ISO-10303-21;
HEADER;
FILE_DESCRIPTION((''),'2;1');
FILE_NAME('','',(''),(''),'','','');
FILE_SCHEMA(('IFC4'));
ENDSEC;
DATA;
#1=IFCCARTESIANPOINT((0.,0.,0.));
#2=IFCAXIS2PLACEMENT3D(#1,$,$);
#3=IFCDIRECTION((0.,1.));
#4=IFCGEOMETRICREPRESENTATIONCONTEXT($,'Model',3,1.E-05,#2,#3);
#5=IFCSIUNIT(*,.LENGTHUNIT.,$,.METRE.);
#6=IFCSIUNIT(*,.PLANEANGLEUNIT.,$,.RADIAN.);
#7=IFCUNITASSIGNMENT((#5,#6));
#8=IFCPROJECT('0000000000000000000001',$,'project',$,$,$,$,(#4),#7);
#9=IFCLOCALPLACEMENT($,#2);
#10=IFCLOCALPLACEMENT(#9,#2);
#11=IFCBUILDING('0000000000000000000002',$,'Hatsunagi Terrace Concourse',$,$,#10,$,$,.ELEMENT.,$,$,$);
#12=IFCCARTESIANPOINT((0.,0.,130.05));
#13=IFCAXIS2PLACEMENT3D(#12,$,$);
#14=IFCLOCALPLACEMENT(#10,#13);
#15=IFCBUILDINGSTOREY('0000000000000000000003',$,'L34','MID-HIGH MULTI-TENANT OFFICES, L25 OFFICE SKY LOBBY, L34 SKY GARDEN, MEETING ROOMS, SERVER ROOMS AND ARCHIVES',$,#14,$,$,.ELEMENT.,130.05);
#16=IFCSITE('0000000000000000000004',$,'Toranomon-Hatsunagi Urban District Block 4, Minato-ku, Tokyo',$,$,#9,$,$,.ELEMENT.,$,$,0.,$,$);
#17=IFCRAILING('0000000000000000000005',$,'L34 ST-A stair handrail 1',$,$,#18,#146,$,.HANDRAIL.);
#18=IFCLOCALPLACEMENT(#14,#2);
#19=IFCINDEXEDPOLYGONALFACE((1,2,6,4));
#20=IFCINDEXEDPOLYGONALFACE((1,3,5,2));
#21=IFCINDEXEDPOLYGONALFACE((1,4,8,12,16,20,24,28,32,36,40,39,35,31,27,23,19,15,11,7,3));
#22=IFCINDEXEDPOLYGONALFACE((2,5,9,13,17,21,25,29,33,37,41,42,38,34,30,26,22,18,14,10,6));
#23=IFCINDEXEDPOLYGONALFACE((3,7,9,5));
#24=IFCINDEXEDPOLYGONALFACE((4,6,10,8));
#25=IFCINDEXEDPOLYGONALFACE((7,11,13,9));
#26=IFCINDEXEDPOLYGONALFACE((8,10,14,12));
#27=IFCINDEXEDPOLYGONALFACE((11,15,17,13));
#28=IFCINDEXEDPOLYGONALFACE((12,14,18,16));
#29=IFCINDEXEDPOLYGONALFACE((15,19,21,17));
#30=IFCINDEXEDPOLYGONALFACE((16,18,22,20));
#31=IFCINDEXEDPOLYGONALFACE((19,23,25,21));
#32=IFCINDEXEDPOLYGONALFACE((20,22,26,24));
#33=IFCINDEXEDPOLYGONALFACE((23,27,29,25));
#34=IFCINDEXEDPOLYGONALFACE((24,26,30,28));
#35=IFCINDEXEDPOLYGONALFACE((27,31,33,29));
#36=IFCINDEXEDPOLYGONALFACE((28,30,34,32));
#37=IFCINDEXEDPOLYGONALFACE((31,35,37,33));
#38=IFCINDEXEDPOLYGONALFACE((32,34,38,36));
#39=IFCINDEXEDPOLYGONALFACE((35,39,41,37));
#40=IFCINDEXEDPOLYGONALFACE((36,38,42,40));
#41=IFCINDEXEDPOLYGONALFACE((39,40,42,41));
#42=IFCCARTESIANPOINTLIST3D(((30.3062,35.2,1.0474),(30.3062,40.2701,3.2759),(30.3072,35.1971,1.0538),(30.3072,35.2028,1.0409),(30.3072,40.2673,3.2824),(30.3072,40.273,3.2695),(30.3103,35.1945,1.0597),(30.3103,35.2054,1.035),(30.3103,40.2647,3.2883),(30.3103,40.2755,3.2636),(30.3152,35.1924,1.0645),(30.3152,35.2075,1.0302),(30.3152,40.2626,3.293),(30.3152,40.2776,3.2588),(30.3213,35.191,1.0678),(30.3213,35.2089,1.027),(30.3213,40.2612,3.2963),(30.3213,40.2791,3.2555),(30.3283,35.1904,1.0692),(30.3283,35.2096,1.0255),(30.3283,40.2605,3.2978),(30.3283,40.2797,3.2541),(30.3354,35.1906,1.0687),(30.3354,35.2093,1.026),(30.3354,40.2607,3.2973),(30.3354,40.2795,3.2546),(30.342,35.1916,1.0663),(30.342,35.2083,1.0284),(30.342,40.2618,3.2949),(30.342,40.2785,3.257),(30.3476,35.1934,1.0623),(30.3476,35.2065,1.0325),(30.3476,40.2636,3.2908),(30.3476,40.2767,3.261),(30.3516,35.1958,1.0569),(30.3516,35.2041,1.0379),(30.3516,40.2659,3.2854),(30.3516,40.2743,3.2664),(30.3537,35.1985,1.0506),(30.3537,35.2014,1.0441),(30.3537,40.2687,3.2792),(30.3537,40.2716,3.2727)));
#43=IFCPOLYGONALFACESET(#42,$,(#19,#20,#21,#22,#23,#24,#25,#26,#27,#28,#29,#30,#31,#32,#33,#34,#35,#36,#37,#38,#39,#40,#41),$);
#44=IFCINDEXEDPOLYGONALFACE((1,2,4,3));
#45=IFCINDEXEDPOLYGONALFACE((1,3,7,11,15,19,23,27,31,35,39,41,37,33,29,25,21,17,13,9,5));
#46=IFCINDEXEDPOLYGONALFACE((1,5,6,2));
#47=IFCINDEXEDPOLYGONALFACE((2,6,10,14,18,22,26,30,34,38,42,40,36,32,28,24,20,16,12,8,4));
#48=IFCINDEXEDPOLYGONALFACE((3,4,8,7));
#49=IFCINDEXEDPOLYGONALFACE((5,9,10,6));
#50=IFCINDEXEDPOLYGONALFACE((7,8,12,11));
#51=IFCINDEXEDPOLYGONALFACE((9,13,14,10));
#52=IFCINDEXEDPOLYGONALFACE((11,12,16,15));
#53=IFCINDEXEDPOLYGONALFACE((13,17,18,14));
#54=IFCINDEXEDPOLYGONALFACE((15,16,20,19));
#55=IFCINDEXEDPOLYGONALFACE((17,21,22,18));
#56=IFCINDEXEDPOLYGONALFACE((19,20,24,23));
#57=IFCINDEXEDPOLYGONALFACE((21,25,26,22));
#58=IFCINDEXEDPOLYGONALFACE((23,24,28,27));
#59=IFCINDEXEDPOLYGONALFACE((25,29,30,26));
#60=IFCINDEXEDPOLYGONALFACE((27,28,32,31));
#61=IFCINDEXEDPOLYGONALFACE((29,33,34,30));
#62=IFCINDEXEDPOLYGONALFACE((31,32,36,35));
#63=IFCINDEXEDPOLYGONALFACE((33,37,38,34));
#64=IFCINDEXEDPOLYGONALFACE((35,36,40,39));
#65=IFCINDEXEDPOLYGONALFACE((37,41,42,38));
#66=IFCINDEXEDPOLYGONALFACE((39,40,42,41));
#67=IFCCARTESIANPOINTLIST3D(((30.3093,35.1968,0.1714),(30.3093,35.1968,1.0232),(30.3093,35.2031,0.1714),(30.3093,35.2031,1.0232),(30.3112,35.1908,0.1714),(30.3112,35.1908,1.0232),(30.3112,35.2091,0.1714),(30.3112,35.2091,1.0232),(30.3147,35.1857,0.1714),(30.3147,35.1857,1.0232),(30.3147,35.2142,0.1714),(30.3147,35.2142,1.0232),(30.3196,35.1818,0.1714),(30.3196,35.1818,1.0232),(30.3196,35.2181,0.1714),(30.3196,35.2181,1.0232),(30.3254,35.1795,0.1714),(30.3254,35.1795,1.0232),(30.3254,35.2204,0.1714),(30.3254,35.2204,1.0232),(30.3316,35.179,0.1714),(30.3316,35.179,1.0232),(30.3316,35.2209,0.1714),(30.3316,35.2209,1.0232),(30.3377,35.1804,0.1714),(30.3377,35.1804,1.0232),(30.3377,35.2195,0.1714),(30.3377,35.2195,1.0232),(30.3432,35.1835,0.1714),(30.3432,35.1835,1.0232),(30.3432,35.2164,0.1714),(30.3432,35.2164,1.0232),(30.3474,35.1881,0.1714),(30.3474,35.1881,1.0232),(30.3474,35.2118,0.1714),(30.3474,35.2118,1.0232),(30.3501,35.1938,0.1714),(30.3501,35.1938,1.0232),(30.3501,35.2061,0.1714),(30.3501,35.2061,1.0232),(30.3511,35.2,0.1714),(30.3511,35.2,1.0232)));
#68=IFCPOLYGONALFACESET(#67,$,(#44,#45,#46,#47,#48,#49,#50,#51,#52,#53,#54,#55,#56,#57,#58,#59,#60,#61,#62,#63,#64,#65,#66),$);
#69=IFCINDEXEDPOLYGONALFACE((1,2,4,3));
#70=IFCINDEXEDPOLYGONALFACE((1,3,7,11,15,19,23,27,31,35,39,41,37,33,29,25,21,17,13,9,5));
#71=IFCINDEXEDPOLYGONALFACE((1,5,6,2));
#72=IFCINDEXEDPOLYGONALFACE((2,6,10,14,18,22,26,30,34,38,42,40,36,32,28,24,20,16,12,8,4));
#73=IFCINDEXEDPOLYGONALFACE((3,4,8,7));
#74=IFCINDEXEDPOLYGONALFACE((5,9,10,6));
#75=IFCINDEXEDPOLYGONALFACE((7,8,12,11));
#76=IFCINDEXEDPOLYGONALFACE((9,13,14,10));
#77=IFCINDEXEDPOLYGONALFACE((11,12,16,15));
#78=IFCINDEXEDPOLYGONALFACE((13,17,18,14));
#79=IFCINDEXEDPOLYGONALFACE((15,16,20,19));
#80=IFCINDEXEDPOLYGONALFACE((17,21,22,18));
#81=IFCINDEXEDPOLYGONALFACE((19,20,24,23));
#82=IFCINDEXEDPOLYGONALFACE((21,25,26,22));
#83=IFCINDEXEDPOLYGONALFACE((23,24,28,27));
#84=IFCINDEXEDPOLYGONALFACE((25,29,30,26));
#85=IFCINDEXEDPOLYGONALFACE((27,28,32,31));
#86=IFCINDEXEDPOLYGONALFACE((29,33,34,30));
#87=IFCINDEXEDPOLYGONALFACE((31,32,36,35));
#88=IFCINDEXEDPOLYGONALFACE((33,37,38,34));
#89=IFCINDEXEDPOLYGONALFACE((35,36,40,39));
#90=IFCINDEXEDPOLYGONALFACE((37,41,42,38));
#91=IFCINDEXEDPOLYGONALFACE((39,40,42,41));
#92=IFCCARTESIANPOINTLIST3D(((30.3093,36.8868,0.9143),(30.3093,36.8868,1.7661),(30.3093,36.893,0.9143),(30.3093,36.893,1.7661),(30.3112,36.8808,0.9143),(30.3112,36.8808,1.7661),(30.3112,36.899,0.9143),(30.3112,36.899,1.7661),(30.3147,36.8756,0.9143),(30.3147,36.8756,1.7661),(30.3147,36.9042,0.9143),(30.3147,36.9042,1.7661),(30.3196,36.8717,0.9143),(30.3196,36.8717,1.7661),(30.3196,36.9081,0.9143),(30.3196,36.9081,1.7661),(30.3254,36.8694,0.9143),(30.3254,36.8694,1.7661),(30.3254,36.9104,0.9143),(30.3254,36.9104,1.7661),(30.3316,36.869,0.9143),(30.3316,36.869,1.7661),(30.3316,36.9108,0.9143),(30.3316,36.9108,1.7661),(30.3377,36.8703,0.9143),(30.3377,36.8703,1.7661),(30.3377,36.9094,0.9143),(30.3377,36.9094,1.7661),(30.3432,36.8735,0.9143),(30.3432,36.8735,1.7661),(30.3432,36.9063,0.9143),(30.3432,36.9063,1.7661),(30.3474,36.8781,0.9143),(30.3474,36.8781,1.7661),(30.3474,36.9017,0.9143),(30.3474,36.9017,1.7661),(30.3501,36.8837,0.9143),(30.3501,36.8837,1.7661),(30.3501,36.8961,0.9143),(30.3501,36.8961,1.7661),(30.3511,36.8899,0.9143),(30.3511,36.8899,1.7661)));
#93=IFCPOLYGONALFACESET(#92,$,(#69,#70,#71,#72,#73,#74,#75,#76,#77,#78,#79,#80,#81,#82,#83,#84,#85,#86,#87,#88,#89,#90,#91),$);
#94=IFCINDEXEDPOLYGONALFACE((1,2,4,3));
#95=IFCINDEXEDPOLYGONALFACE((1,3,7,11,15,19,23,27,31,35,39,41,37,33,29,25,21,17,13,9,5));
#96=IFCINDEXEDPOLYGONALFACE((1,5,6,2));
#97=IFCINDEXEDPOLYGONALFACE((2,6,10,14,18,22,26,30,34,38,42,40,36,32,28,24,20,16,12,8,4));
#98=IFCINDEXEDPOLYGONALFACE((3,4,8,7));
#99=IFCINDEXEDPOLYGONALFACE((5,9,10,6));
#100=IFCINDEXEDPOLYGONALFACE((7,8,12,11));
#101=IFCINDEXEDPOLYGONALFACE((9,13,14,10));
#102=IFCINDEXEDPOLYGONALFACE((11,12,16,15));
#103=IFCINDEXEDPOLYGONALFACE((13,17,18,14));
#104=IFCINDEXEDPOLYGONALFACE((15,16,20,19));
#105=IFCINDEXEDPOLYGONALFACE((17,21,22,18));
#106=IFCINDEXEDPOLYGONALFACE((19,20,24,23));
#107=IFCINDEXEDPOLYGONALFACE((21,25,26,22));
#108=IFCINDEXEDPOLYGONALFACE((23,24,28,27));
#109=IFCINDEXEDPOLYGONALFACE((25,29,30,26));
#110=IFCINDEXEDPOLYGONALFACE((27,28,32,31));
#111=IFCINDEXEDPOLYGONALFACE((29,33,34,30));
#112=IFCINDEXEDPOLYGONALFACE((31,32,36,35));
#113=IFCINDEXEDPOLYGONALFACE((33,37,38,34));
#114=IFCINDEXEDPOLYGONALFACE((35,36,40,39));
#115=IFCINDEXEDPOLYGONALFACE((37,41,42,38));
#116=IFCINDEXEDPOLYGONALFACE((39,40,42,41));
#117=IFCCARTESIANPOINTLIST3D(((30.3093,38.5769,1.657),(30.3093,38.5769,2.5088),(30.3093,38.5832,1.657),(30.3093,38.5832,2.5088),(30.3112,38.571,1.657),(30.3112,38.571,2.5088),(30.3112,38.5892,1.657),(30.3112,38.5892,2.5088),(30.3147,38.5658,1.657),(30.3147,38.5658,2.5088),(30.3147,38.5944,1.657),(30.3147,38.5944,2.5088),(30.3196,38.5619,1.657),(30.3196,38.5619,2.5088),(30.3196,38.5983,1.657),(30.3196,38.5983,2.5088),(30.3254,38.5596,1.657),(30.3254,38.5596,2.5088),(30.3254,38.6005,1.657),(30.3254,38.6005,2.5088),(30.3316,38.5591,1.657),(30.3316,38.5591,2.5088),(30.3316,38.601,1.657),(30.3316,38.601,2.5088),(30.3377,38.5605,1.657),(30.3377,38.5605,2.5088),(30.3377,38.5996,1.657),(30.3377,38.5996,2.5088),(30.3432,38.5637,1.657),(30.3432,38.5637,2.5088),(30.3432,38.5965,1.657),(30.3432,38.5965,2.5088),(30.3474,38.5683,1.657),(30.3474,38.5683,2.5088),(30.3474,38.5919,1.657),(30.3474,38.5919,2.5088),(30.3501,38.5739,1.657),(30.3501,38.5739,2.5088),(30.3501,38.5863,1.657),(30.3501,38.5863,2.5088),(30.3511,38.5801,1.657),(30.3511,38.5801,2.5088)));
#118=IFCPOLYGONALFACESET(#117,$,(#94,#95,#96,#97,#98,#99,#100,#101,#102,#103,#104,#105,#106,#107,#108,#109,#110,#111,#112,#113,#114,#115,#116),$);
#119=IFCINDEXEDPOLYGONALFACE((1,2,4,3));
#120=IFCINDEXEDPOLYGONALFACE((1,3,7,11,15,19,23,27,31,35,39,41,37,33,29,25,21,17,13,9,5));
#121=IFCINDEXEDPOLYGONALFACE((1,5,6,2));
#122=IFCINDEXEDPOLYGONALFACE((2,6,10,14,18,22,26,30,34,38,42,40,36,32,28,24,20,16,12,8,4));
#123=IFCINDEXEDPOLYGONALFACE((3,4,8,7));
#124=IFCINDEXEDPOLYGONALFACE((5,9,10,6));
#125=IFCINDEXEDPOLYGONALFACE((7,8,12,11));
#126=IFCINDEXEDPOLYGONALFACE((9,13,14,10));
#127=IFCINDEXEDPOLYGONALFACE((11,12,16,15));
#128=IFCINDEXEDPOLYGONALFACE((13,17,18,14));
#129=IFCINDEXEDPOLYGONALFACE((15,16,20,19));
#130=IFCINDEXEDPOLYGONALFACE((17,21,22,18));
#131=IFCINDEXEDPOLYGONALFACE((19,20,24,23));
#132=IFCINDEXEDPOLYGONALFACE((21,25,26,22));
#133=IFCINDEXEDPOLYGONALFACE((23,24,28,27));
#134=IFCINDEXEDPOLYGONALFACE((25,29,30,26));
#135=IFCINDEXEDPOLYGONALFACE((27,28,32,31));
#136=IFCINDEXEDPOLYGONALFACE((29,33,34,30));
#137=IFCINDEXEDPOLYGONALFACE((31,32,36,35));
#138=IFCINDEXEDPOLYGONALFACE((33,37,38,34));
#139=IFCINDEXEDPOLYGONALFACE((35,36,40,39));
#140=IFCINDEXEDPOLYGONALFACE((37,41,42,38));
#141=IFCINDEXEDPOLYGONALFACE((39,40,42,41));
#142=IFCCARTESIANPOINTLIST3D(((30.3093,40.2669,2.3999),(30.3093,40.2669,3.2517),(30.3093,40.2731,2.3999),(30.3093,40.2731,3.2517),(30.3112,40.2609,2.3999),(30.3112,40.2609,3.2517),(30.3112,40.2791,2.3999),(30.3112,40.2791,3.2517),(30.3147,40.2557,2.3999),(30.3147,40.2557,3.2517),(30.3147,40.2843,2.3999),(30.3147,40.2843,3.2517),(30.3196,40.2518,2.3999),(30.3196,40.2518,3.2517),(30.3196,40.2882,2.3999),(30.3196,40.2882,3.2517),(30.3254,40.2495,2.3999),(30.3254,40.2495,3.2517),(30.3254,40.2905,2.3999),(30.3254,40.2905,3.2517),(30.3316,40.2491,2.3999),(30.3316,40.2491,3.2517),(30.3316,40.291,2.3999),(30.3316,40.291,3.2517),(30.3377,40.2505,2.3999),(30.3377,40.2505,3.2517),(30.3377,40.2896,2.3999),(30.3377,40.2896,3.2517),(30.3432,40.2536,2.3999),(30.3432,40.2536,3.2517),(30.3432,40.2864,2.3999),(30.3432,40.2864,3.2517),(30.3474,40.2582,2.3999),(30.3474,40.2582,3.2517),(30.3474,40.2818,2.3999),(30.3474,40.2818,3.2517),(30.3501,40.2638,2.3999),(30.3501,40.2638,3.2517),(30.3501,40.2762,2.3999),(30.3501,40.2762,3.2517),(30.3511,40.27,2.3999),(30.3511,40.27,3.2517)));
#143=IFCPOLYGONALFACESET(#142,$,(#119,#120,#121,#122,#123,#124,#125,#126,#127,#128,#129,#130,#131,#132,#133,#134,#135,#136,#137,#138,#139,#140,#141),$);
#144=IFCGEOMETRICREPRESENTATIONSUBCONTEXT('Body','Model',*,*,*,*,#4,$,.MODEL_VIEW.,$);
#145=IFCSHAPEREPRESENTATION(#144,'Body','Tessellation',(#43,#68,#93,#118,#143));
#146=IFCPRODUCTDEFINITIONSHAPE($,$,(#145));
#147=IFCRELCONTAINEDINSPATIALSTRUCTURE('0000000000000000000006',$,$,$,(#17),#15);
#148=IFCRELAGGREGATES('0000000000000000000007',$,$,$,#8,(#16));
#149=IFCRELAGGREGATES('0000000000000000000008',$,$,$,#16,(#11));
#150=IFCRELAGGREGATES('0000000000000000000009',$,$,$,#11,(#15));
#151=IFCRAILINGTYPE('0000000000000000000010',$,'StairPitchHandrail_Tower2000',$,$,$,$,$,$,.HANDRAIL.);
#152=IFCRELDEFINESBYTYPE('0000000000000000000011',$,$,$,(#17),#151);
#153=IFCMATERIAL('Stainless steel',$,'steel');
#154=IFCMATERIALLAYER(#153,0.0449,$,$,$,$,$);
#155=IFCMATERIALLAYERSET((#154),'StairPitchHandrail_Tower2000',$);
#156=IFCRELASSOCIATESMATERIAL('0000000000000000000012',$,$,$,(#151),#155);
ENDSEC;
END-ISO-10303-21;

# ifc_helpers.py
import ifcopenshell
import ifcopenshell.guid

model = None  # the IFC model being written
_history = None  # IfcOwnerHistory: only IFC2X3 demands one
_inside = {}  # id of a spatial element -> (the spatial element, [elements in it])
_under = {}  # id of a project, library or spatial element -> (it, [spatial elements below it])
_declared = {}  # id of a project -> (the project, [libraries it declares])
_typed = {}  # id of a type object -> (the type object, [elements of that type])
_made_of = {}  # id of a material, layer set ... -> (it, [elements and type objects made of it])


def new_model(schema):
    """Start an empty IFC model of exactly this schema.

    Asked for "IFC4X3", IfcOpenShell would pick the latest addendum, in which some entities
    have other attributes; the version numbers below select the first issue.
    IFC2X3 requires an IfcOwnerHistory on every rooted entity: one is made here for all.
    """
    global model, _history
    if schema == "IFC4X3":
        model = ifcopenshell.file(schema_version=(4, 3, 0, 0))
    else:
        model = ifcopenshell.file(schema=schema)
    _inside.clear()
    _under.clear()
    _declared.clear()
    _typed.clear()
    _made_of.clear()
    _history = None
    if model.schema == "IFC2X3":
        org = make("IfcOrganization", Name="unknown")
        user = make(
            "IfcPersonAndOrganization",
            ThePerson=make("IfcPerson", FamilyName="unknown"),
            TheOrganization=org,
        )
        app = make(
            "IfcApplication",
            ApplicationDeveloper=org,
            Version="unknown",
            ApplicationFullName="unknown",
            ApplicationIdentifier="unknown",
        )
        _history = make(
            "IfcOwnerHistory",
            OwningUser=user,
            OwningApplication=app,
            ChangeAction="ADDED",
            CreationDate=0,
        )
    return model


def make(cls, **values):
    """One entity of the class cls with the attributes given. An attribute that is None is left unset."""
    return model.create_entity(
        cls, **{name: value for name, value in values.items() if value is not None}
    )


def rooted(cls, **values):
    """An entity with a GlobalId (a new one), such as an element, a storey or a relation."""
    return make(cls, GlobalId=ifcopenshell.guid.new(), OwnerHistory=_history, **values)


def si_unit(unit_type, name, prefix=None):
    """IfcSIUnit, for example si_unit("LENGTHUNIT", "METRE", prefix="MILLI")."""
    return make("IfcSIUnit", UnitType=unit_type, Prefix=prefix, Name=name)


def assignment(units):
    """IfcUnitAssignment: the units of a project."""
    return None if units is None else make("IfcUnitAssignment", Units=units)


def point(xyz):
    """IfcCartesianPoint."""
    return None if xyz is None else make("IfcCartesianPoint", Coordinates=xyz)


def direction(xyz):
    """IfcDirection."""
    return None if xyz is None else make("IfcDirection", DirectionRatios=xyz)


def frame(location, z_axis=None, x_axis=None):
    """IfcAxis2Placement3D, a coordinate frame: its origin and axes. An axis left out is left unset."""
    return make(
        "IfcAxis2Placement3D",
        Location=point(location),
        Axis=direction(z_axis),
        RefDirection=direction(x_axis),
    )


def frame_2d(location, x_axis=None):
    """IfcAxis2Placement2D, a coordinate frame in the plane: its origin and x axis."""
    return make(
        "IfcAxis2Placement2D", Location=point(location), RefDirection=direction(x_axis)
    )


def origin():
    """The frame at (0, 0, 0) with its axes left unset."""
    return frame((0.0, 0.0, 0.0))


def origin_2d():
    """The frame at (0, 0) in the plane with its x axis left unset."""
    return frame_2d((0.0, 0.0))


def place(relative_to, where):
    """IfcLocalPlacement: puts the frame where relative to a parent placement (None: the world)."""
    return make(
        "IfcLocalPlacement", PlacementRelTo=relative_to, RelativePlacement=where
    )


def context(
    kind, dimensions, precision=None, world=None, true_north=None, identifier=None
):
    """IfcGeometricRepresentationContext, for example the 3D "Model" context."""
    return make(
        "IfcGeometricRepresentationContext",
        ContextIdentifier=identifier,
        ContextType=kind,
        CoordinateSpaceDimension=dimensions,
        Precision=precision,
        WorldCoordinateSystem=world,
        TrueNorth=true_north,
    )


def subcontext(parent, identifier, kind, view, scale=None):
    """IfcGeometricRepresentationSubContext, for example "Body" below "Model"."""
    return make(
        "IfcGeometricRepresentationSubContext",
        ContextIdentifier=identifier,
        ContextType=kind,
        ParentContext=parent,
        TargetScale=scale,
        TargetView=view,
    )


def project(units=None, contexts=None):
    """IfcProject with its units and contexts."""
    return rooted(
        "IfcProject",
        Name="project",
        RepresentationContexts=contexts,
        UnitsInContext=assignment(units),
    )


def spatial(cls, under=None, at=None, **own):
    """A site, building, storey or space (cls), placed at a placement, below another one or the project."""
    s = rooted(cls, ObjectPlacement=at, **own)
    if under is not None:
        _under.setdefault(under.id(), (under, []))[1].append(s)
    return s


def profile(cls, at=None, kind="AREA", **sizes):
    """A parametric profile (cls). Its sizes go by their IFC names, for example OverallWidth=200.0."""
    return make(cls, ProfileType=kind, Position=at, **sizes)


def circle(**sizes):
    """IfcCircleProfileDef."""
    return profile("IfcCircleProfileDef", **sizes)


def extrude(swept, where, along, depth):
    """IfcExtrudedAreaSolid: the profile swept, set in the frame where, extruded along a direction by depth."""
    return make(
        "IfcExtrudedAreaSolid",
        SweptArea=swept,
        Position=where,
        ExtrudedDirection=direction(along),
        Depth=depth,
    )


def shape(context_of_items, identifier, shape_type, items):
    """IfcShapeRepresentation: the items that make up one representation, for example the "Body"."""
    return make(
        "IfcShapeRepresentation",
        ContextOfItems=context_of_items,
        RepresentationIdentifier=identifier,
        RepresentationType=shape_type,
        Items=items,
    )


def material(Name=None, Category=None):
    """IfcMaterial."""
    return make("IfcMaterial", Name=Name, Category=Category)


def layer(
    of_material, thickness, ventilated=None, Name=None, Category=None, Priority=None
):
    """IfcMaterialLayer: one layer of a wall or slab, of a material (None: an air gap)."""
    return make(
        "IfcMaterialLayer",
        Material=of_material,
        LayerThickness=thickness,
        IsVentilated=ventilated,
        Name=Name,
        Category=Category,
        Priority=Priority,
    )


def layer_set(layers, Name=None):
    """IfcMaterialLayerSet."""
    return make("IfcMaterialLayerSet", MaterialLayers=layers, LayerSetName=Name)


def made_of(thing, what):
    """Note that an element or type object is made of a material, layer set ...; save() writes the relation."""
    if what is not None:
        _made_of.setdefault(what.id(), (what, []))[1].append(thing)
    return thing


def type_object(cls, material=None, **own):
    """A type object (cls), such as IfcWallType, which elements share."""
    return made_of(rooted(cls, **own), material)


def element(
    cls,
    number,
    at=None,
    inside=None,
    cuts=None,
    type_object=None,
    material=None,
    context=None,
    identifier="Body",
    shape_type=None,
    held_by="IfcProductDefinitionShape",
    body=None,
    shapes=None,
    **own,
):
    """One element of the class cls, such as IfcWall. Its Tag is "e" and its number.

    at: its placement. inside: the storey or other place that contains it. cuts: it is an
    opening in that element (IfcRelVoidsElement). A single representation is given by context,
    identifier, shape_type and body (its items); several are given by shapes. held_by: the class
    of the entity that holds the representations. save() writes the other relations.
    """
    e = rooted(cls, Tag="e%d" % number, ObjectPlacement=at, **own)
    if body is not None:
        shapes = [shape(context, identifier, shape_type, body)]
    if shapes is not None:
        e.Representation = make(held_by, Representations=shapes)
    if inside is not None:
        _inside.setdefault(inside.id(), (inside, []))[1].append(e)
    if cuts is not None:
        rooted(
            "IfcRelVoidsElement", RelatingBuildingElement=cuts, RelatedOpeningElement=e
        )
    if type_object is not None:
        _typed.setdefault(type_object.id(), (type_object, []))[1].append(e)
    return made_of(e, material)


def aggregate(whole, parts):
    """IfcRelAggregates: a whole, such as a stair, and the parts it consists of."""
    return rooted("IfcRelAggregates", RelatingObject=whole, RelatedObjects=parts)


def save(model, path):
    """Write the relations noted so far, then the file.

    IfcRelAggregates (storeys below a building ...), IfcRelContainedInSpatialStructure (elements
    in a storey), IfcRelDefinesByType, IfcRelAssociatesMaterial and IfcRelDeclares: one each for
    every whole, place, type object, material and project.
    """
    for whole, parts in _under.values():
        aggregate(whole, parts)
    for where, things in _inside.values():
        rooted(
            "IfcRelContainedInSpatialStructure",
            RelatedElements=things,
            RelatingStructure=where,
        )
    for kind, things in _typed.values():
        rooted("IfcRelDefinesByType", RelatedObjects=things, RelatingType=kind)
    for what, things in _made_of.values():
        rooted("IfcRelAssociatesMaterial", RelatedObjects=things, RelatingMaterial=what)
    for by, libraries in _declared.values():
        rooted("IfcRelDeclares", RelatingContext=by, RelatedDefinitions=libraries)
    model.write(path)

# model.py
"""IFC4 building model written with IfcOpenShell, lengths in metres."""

from ifc_helpers import new_model, si_unit, direction, frame, origin, origin_2d, place, context, subcontext, project, spatial, circle, extrude, material, layer, layer_set, type_object, element, save


model = new_model("IFC4")

# Units and contexts
model_context = context("Model", 3, precision=1e-05, world=origin(), true_north=direction((0.0, 1.0)))
body_context = subcontext(model_context, "Body", "Model", "MODEL_VIEW")
ifc_project = project(units=[si_unit("LENGTHUNIT", "METRE"), si_unit("PLANEANGLEUNIT", "RADIAN")], contexts=[model_context])

# Site, building, storey
site_placement = place(None, origin())
site = spatial("IfcSite", under=ifc_project, at=site_placement, Name="Toranomon-Hatsunagi Urban District Block 4, Minato-ku, Tokyo", CompositionType="ELEMENT", RefElevation=0.0)
building_placement = place(site_placement, origin())
building = spatial("IfcBuilding", under=site, at=building_placement, Name="Hatsunagi Terrace Concourse", CompositionType="ELEMENT")
storey_placement = place(building_placement, frame((0.0, 0.0, 130.05)))
storey = spatial("IfcBuildingStorey", under=building, at=storey_placement, Name="L34", Description="MID-HIGH MULTI-TENANT OFFICES, L25 OFFICE SKY LOBBY, L34 SKY GARDEN, MEETING ROOMS, SERVER ROOMS AND ARCHIVES", CompositionType="ELEMENT", Elevation=130.05)

# Railing
ifc_material_1 = material(Name="Stainless steel", Category="steel")
ifc_layer_1 = layer(ifc_material_1, 0.0449)
ifc_layer_set_1 = layer_set([ifc_layer_1], Name="StairPitchHandrail_Tower2000")
railing_type_1 = type_object("IfcRailingType", Name="StairPitchHandrail_Tower2000", PredefinedType="HANDRAIL", material=ifc_layer_set_1)
railing_1_placement = place(storey_placement, frame((30.3301, 35.2, 0.1714)))
element("IfcRailing", 1, at=railing_1_placement, inside=storey, type_object=railing_type_1, Name="L34 ST-A stair handrail 1", PredefinedType="HANDRAIL", context=body_context, shape_type="SweptSolid", body=[
    extrude(circle(Radius=0.0239, at=origin_2d()), frame((0.0, 0.0, 0.876), z_axis=(0.0, 0.915469, 0.402388), x_axis=(-1.0, 0.0, 0.0)), (0.0, 0.0, 1.0), 5.5383),
    extrude(circle(Radius=0.021, at=origin_2d()), origin(), (0.0, 0.0, 1.0), 0.8518),
    extrude(circle(Radius=0.021, at=origin_2d()), frame((0.0, 1.6899, 0.7429)), (0.0, 0.0, 1.0), 0.8518),
    extrude(circle(Radius=0.021, at=origin_2d()), frame((0.0, 3.3801, 1.4856)), (0.0, 0.0, 1.0), 0.8518),
    extrude(circle(Radius=0.021, at=origin_2d()), frame((0.0, 5.0701, 2.2285)), (0.0, 0.0, 1.0), 0.8518),
])

save(model, "model.ifc")
